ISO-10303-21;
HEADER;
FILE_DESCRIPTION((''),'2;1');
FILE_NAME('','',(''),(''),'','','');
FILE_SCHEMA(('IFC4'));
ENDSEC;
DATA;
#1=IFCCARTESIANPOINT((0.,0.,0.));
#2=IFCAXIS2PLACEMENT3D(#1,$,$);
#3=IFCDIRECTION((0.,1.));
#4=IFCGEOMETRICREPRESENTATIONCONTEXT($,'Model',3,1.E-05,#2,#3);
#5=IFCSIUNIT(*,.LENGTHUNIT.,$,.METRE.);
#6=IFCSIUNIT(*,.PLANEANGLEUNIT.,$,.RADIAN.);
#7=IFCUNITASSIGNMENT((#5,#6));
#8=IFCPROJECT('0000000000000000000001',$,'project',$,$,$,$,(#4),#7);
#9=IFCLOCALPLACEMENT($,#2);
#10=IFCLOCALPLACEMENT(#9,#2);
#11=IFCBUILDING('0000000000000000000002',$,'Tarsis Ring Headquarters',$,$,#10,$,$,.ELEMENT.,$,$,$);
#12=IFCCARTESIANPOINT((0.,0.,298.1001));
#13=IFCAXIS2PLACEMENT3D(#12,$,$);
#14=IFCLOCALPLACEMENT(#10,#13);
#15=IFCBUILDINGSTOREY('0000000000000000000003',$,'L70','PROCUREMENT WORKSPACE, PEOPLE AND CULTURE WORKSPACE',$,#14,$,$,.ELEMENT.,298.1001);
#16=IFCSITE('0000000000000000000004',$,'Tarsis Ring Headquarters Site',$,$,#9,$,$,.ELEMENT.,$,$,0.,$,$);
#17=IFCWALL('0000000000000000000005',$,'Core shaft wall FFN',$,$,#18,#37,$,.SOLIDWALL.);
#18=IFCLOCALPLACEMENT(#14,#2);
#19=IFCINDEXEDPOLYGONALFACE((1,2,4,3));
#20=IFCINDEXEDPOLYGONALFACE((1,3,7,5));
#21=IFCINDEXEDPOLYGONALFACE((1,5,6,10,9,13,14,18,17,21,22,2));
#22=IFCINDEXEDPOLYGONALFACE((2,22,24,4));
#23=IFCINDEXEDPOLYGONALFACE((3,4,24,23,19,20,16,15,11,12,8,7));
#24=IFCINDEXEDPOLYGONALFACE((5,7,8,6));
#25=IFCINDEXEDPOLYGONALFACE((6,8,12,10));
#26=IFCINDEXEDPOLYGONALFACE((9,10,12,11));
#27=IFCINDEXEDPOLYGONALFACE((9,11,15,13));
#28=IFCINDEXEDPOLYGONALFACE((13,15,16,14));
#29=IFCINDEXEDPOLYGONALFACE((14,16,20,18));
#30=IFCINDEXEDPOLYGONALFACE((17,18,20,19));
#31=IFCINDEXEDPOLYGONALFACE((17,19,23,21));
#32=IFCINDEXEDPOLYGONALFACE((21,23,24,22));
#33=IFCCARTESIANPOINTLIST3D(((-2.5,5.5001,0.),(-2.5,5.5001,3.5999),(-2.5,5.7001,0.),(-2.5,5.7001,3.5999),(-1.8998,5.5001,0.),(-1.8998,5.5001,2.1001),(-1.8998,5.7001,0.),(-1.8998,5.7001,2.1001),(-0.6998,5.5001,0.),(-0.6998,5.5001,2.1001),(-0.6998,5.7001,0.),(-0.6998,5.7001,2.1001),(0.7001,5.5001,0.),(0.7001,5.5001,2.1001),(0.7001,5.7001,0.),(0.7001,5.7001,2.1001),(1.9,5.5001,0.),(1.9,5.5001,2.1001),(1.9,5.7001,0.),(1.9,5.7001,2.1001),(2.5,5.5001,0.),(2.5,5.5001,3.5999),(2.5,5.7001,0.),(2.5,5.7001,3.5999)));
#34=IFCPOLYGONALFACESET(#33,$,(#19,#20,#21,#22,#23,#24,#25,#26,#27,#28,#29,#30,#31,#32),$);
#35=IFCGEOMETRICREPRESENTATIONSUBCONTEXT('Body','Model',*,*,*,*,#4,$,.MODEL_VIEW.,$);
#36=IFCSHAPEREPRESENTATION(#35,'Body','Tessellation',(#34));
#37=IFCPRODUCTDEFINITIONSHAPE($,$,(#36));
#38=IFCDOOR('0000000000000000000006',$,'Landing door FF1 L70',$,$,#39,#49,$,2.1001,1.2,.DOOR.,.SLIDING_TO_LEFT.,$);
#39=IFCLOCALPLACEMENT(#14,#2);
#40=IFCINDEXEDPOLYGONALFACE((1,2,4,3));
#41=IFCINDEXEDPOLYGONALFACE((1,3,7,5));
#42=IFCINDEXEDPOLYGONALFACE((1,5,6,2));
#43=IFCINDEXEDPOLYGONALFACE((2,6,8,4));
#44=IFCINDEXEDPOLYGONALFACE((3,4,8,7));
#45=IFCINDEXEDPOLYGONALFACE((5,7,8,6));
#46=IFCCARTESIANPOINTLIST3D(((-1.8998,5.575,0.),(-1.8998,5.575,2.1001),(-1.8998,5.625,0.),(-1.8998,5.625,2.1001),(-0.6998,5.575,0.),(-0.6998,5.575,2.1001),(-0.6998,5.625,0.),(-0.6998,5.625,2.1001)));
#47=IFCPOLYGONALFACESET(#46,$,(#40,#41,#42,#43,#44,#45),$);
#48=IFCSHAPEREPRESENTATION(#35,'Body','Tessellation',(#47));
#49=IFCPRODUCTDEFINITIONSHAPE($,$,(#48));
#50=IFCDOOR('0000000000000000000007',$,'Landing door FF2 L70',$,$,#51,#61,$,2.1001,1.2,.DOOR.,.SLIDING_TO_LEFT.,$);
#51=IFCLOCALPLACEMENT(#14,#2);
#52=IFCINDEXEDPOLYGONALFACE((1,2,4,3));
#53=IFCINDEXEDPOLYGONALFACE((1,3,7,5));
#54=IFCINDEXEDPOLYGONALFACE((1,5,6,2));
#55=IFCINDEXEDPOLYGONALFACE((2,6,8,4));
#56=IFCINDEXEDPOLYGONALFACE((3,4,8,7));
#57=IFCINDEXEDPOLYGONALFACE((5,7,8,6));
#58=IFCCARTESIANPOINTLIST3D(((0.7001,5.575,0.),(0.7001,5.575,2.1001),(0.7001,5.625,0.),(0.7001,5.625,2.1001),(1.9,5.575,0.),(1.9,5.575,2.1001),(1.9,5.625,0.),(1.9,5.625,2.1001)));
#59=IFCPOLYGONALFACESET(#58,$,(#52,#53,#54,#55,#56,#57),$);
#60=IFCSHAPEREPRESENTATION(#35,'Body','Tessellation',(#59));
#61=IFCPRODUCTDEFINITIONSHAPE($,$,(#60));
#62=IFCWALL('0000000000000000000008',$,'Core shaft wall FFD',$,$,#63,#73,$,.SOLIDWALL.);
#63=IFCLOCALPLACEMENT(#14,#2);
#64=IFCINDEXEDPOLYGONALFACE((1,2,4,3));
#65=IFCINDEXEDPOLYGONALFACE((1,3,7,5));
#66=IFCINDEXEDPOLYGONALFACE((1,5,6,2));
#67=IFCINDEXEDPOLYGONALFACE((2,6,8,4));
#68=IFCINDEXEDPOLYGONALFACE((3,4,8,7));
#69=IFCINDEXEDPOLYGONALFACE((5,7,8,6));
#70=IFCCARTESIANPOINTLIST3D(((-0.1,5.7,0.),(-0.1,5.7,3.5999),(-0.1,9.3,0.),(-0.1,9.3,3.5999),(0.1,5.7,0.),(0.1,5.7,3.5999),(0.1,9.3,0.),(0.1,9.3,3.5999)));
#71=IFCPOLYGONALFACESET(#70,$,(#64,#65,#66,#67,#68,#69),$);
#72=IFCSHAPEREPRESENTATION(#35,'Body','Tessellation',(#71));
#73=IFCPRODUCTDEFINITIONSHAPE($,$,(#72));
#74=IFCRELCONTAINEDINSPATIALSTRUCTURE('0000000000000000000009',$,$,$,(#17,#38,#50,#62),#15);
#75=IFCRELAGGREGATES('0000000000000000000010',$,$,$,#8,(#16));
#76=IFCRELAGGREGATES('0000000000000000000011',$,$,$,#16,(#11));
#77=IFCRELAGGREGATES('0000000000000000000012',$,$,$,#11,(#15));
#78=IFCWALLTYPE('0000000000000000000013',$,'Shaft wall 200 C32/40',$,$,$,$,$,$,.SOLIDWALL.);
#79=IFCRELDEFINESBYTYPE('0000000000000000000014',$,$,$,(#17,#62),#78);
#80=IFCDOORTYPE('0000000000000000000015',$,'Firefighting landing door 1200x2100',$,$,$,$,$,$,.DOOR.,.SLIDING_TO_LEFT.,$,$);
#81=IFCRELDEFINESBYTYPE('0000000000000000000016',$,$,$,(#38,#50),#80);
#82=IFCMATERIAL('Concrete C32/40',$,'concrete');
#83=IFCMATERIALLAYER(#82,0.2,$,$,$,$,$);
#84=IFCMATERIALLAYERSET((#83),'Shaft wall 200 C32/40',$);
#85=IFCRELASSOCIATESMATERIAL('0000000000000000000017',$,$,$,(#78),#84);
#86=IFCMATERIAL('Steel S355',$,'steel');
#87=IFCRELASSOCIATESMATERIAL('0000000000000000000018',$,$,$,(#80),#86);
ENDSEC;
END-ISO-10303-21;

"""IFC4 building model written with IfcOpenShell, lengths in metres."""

from ifc_helpers import new_model, si_unit, direction, frame, frame_2d, origin, place, context, subcontext, project, spatial, rectangle, extrude, material, layer, layer_set, type_object, element, fill, save


model = new_model("IFC4")

# Units and contexts
model_context = context("Model", 3, precision=1e-05, world=origin(), true_north=direction((0.0, 1.0)))
body_context = subcontext(model_context, "Body", "Model", "MODEL_VIEW")
ifc_project = project(units=[si_unit("LENGTHUNIT", "METRE"), si_unit("PLANEANGLEUNIT", "RADIAN")], contexts=[model_context])

# Site, building, storey
site_placement = place(None, origin())
site = spatial("IfcSite", under=ifc_project, at=site_placement, Name="Tarsis Ring Headquarters Site", CompositionType="ELEMENT", RefElevation=0.0)
building_placement = place(site_placement, origin())
building = spatial("IfcBuilding", under=site, at=building_placement, Name="Tarsis Ring Headquarters", CompositionType="ELEMENT")
storey_placement = place(building_placement, frame((0.0, 0.0, 298.1001)))
storey = spatial("IfcBuildingStorey", under=building, at=storey_placement, Name="L70", Description="PROCUREMENT WORKSPACE, PEOPLE AND CULTURE WORKSPACE", CompositionType="ELEMENT", Elevation=298.1001)

# Shared definitions
ifc_material_1 = material(Name="Concrete C32/40", Category="concrete")

# Shared definitions
ifc_layer_1 = layer(ifc_material_1, 0.2)
ifc_layer_set_1 = layer_set([ifc_layer_1], Name="Shaft wall 200 C32/40")
wall_type_1 = type_object("IfcWallType", Name="Shaft wall 200 C32/40", PredefinedType="SOLIDWALL", material=ifc_layer_set_1)
ifc_material_2 = material(Name="Steel S355", Category="steel")

# Wall, openings, doors
wall_1_placement = place(storey_placement, frame((-2.5, 5.6001, 0.0), z_axis=(0.0, 0.0, 1.0), x_axis=(1.0, 0.0, 0.0)))
wall_1 = element("IfcWall", 1, at=wall_1_placement, inside=storey, type_object=wall_type_1, Name="Core shaft wall FFN", PredefinedType="SOLIDWALL", context=body_context, shape_type="SweptSolid", body=[
    extrude(rectangle(XDim=5.0, YDim=0.2, at=frame_2d((2.5, 0.0))), origin(), (0.0, 0.0, 1.0), 3.5999),
])
opening_1_placement = place(wall_1_placement, frame((0.6001, 0.0, 0.0)))
opening_1 = element("IfcOpeningElement", 2, at=opening_1_placement, cuts=wall_1, PredefinedType="OPENING", context=body_context, shape_type="SweptSolid", body=[
    extrude(rectangle(XDim=1.2, YDim=2.1001, at=frame_2d((0.6001, 1.05))), frame((0.0, 0.1099, 0.0), z_axis=(0.0, -1.0, 0.0), x_axis=(1.0, 0.0, 0.0)), (0.0, 0.0, 1.0), 0.22),
])
opening_2_placement = place(wall_1_placement, frame((3.2, 0.0, 0.0)))
opening_2 = element("IfcOpeningElement", 3, at=opening_2_placement, cuts=wall_1, PredefinedType="OPENING", context=body_context, shape_type="SweptSolid", body=[
    extrude(rectangle(XDim=1.2, YDim=2.1001, at=frame_2d((0.6001, 1.05))), frame((0.0, 0.1099, 0.0), z_axis=(0.0, -1.0, 0.0), x_axis=(1.0, 0.0, 0.0)), (0.0, 0.0, 1.0), 0.22),
])
door_type_1 = type_object("IfcDoorType", Name="Firefighting landing door 1200x2100", OperationType="SLIDING_TO_LEFT", PredefinedType="DOOR", material=ifc_material_2)
door_1_placement = place(opening_1_placement, origin())
door_1 = element("IfcDoor", 4, at=door_1_placement, inside=storey, type_object=door_type_1, Name="Landing door FF1 L70", OperationType="SLIDING_TO_LEFT", OverallHeight=2.1001, OverallWidth=1.2, PredefinedType="DOOR", context=body_context, shape_type="SweptSolid", body=[
    extrude(rectangle(XDim=1.2, YDim=2.1001, at=frame_2d((0.6001, 1.05))), frame((0.0, 0.0249, 0.0), z_axis=(0.0, -1.0, 0.0), x_axis=(1.0, 0.0, 0.0)), (0.0, 0.0, 1.0), 0.05),
])
fill(opening_1, door_1)
door_2_placement = place(opening_2_placement, origin())
door_2 = element("IfcDoor", 5, at=door_2_placement, inside=storey, type_object=door_type_1, Name="Landing door FF2 L70", OperationType="SLIDING_TO_LEFT", OverallHeight=2.1001, OverallWidth=1.2, PredefinedType="DOOR", context=body_context, shape_type="SweptSolid", body=[
    extrude(rectangle(XDim=1.2, YDim=2.1001, at=frame_2d((0.6001, 1.05))), frame((0.0, 0.0249, 0.0), z_axis=(0.0, -1.0, 0.0), x_axis=(1.0, 0.0, 0.0)), (0.0, 0.0, 1.0), 0.05),
])
fill(opening_2, door_2)

# Wall
wall_2_placement = place(storey_placement, frame((0.0, 5.7, 0.0), z_axis=(0.0, 0.0, 1.0), x_axis=(0.0, 1.0, 0.0)))
element("IfcWall", 6, at=wall_2_placement, inside=storey, type_object=wall_type_1, Name="Core shaft wall FFD", PredefinedType="SOLIDWALL", context=body_context, shape_type="SweptSolid", body=[
    extrude(rectangle(XDim=3.6001, YDim=0.2, at=frame_2d((1.8, 0.0))), origin(), (0.0, 0.0, 1.0), 3.5999),
])

save(model, "model.ifc")
